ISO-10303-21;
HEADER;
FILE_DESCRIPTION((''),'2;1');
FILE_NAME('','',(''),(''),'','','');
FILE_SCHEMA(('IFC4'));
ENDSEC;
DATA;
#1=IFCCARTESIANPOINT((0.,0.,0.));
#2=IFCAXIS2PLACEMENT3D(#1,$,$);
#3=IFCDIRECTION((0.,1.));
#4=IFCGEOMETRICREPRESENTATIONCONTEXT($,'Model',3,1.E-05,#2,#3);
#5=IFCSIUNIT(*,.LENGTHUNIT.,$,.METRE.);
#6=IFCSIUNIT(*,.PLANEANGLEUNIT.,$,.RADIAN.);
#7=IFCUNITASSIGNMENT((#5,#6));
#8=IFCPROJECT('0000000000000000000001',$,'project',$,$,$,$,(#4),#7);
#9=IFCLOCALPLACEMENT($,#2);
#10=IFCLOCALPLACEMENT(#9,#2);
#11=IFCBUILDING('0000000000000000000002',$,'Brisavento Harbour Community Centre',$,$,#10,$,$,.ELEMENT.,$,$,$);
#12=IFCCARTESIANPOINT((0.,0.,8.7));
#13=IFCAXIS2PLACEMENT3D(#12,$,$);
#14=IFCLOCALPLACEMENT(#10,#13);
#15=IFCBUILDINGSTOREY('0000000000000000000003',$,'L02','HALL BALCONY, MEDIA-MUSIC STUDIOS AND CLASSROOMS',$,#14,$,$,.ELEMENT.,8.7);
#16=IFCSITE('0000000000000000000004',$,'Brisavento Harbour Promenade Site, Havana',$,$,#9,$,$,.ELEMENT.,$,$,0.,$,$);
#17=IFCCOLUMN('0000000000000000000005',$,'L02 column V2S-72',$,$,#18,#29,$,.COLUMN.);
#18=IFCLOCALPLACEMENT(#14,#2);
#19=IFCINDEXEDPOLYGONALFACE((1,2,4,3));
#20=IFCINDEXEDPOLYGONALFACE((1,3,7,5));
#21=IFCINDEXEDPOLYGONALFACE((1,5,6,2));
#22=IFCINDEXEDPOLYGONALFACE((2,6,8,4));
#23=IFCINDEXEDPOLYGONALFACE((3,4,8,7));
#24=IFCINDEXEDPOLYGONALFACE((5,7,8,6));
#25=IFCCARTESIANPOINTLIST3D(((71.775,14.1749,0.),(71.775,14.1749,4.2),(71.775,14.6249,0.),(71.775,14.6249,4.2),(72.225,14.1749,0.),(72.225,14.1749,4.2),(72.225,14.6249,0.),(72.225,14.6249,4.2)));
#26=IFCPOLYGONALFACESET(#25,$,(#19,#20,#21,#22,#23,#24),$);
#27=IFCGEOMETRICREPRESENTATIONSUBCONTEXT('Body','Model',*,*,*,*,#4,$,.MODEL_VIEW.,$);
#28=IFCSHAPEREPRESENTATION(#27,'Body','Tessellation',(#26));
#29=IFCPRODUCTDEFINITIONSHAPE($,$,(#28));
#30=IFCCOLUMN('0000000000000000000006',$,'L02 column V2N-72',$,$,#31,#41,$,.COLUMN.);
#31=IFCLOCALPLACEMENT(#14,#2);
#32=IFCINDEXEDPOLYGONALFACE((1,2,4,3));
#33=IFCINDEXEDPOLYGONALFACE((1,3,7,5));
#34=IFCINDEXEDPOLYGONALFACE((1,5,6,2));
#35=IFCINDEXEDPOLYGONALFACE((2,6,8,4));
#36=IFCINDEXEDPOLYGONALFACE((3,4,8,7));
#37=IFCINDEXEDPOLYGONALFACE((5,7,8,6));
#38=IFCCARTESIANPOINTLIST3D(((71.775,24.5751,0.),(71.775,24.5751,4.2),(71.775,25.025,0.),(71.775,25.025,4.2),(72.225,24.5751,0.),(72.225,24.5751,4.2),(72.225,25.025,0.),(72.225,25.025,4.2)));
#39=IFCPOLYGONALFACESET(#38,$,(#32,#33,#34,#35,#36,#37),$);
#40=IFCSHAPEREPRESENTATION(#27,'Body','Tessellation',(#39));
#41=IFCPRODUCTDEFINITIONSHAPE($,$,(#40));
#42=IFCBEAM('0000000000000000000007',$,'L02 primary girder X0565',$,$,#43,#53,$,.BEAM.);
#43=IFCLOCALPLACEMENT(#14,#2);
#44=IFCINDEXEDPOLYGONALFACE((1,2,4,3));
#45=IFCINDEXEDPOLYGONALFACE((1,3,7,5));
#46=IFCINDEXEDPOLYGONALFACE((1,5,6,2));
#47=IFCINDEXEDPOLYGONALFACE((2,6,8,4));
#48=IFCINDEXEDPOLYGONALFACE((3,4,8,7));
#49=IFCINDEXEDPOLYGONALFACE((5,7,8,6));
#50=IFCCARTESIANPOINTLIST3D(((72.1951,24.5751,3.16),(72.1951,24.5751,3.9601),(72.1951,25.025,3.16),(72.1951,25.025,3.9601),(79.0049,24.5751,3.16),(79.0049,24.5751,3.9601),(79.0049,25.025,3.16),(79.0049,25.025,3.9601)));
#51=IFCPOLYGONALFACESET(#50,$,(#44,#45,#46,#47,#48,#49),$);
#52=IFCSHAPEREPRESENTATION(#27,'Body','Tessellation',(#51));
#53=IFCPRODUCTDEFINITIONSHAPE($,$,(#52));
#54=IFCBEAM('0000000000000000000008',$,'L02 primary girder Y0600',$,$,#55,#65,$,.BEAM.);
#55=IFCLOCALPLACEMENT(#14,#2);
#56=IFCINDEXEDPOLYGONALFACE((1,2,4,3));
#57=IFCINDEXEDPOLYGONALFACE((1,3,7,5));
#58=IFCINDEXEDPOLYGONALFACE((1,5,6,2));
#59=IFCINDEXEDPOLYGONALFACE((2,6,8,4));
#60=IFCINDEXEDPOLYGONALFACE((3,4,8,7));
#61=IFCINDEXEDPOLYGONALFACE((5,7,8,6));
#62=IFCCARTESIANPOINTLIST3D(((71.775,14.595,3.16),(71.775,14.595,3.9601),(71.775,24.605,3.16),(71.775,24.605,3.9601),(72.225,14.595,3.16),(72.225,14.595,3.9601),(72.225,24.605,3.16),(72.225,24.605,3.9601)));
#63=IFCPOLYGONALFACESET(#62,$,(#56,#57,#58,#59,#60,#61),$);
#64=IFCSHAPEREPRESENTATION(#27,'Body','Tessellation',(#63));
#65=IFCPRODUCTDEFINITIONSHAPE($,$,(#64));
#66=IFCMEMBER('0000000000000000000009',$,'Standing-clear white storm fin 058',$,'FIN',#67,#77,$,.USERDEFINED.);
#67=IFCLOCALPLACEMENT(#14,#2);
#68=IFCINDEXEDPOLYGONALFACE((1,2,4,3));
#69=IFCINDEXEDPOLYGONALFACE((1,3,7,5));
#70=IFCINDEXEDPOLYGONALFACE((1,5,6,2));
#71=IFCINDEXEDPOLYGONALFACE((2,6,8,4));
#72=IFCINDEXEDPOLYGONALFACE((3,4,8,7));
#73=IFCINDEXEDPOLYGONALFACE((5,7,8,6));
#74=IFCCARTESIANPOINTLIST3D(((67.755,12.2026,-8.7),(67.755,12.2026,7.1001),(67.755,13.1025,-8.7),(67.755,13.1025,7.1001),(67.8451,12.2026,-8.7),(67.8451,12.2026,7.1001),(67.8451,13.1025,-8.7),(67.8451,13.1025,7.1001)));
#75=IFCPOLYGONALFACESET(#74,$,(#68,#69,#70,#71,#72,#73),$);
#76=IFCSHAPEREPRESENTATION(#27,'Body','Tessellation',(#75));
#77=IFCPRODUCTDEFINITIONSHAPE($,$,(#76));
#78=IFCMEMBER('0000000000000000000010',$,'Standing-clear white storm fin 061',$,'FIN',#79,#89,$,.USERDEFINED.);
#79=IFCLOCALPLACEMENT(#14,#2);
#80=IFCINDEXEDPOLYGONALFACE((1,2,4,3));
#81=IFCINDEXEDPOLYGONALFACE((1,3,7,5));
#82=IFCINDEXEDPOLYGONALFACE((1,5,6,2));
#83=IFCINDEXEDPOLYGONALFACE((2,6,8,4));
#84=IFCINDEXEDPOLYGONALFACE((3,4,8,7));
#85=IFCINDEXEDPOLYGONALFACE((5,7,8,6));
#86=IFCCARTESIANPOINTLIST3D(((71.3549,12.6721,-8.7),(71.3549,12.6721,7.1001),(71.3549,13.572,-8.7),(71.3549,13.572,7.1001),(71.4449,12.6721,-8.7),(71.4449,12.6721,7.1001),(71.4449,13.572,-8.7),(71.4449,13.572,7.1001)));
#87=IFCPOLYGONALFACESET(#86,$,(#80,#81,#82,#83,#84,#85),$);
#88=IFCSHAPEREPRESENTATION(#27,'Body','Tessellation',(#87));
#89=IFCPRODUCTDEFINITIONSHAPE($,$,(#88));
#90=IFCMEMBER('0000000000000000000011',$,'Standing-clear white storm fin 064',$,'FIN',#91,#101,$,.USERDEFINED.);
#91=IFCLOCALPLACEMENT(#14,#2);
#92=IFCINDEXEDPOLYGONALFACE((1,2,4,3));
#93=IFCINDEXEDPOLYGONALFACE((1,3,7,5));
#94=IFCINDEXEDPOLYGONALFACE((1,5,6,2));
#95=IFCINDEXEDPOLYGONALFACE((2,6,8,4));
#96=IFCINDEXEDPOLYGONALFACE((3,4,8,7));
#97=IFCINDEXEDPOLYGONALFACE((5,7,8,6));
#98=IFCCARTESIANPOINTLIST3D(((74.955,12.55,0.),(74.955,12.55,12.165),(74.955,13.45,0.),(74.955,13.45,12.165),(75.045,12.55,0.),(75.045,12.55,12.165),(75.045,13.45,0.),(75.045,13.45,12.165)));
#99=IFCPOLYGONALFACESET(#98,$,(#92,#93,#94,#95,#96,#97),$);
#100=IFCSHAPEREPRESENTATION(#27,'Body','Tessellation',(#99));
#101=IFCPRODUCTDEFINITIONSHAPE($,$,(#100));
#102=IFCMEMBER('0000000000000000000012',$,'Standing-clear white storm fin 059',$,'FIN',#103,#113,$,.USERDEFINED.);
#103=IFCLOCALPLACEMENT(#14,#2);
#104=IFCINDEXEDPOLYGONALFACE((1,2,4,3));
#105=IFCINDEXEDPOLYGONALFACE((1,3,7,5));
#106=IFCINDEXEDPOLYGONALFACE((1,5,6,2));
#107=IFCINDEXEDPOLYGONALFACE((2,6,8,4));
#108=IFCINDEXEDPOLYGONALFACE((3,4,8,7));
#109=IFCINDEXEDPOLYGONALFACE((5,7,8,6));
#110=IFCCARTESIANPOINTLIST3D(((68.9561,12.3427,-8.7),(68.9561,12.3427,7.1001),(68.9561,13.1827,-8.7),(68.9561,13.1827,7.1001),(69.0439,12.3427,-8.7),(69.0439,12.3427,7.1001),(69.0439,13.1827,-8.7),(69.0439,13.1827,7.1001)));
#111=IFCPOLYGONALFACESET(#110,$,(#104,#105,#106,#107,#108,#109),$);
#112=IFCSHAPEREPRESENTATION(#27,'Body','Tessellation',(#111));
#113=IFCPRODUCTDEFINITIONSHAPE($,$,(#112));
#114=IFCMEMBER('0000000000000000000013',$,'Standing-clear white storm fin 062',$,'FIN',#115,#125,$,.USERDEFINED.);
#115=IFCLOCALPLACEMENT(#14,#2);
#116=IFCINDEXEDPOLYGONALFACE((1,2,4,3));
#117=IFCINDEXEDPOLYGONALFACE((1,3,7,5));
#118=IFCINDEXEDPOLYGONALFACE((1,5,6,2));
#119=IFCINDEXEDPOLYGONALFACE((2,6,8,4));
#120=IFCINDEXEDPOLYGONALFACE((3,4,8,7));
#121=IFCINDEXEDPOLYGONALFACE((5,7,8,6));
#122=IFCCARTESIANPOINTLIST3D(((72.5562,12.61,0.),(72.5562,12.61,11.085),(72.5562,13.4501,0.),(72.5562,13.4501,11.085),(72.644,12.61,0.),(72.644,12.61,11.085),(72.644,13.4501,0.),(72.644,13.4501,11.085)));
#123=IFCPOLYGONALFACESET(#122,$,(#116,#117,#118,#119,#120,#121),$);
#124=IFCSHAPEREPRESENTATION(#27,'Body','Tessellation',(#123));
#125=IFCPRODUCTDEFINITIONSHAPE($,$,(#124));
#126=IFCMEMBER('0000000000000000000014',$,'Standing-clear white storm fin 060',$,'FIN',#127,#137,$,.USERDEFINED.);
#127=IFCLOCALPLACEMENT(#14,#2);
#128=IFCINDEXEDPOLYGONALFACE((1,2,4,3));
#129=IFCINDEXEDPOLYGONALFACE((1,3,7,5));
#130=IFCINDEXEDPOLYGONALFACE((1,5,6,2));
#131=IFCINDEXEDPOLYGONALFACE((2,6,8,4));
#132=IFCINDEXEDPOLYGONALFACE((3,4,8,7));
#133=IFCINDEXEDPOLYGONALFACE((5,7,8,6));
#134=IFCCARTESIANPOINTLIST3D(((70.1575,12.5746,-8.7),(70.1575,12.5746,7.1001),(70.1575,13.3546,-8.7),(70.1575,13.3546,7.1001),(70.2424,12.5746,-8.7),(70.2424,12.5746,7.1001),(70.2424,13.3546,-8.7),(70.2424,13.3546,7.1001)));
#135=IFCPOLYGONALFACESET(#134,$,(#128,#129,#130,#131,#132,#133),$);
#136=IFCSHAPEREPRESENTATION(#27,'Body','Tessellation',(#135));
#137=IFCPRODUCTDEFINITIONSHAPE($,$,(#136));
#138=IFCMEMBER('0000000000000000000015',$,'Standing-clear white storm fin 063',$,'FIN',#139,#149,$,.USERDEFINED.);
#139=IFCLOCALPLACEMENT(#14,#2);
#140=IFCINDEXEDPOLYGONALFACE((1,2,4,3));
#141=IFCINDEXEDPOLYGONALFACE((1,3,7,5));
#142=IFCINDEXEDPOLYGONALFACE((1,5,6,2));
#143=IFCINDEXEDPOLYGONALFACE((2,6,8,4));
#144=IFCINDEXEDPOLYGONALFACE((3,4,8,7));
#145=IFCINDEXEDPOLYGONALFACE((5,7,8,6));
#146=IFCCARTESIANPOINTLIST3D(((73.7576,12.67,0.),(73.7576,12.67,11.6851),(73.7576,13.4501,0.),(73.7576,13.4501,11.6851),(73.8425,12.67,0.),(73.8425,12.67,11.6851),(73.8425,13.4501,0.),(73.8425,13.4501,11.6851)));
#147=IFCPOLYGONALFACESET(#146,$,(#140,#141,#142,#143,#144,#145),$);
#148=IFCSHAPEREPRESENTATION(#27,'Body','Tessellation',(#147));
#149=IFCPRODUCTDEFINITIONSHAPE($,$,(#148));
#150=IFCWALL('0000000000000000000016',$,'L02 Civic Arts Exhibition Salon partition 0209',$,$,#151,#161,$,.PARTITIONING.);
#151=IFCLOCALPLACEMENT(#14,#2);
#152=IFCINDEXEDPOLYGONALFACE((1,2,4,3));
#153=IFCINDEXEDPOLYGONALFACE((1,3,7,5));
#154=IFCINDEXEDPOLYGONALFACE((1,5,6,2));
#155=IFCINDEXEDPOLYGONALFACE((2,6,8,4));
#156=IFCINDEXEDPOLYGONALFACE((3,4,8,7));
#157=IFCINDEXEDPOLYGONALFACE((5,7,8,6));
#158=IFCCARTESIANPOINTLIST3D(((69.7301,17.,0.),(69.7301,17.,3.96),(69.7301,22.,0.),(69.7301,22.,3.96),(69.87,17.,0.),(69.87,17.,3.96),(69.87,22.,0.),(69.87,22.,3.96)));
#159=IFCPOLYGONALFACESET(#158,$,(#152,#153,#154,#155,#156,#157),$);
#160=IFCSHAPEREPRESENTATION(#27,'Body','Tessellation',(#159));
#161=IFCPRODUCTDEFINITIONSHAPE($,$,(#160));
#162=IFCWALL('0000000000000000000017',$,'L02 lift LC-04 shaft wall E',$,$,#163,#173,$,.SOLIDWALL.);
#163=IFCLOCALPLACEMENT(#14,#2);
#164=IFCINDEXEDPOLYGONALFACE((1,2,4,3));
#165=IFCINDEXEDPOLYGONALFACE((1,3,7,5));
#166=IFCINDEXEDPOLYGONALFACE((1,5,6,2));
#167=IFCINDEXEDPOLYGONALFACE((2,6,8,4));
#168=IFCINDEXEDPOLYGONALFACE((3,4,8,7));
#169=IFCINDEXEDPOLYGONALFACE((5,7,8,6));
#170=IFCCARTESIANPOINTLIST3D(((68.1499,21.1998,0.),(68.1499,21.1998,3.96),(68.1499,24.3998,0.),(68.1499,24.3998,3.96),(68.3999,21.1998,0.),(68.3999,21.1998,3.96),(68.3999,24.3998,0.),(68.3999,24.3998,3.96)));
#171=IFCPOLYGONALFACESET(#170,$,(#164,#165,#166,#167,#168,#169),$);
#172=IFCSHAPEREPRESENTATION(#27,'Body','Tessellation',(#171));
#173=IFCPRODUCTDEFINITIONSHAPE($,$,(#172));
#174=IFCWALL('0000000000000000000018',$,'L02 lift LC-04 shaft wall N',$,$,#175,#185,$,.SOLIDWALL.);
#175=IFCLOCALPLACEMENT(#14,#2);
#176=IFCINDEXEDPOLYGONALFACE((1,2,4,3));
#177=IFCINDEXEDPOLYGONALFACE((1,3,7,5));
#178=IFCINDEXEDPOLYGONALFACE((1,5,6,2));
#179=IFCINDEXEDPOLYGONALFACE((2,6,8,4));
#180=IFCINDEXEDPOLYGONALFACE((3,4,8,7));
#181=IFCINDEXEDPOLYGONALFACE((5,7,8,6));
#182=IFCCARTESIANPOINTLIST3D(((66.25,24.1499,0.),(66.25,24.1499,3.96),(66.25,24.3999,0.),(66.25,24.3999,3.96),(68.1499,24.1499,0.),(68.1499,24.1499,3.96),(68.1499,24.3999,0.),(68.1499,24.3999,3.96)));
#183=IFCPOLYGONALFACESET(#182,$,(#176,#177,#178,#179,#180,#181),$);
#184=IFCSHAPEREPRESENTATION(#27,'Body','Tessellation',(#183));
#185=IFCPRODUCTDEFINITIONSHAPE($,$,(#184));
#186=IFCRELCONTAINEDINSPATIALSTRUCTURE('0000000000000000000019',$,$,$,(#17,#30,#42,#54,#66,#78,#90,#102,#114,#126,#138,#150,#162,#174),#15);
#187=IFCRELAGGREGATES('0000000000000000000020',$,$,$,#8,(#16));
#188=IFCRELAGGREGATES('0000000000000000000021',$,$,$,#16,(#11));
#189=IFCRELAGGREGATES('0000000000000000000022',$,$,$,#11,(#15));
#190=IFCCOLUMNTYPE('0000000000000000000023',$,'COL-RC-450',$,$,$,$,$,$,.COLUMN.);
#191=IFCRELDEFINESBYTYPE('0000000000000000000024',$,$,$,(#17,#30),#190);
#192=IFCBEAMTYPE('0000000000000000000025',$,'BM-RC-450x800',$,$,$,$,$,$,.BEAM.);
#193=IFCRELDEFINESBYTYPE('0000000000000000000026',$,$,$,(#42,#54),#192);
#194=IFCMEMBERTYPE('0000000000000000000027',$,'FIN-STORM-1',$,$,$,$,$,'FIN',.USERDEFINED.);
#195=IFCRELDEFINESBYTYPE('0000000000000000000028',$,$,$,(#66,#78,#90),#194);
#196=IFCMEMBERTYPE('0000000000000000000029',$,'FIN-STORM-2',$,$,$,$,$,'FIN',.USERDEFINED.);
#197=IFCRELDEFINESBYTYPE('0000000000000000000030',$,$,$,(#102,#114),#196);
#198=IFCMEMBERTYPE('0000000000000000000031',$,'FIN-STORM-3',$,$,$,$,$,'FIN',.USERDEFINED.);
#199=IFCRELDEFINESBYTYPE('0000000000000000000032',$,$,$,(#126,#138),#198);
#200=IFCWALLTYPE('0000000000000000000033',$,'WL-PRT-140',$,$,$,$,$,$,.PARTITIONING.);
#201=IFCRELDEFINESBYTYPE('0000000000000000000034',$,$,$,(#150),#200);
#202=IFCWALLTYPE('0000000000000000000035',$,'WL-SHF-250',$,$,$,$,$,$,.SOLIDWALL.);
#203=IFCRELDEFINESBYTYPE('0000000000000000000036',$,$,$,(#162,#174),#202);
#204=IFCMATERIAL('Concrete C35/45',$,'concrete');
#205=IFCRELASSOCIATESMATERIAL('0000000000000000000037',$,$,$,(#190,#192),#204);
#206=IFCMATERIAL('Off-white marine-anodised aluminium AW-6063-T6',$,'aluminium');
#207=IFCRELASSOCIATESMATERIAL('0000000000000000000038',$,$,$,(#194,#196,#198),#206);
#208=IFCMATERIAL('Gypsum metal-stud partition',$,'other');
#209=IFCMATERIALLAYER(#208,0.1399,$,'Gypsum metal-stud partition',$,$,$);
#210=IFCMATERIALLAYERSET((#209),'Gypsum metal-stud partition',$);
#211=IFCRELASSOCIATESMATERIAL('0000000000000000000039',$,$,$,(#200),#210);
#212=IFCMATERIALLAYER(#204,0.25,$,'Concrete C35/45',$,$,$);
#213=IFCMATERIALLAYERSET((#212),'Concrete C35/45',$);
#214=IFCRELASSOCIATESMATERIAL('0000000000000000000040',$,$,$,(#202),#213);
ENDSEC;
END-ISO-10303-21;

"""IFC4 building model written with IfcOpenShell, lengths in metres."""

from ifc_helpers import new_model, si_unit, direction, frame, frame_2d, origin, origin_2d, place, context, subcontext, project, spatial, rectangle, extrude, material, layer, layer_set, material_profile, profile_set, type_object, element, save


model = new_model("IFC4")

# Units and contexts
model_context = context("Model", 3, precision=1e-05, world=origin(), true_north=direction((0.0, 1.0)))
body_context = subcontext(model_context, "Body", "Model", "MODEL_VIEW")
ifc_project = project(units=[si_unit("LENGTHUNIT", "METRE"), si_unit("PLANEANGLEUNIT", "RADIAN")], contexts=[model_context])

# Site, building, storey
site_placement = place(None, origin())
site = spatial("IfcSite", under=ifc_project, at=site_placement, Name="Brisavento Harbour Promenade Site, Havana", CompositionType="ELEMENT", RefElevation=0.0)
building_placement = place(site_placement, origin())
building = spatial("IfcBuilding", under=site, at=building_placement, Name="Brisavento Harbour Community Centre", CompositionType="ELEMENT")
storey_placement = place(building_placement, frame((0.0, 0.0, 8.7)))
storey = spatial("IfcBuildingStorey", under=building, at=storey_placement, Name="L02", Description="HALL BALCONY, MEDIA-MUSIC STUDIOS AND CLASSROOMS", CompositionType="ELEMENT", Elevation=8.7)

# Columns
ifc_material_1 = material(Name="Concrete C35/45", Category="concrete")
ifc_material_profile_1 = material_profile(ifc_material_1, rectangle(XDim=0.45, YDim=0.45, at=origin_2d()), Name="Concrete C35/45")
ifc_profile_set_1 = profile_set([ifc_material_profile_1], Name="Concrete C35/45")
column_type = type_object("IfcColumnType", Name="COL-RC-450", PredefinedType="COLUMN", material=ifc_profile_set_1)
for number, where, z_axis, x_axis, name in (
    (1, (72.0, 14.3999, 0.0), (0.0, 0.0, 1.0), (1.0, 0.0, 0.0), "L02 column V2S-72"),
    (2, (72.0, 24.8, 0.0), (0.0, 0.0, 1.0), (1.0, 0.0, 0.0), "L02 column V2N-72"),
):
    element("IfcColumn", number, at=place(storey_placement, frame(where, z_axis=z_axis, x_axis=x_axis)), inside=storey, type_object=column_type, Name=name, PredefinedType="COLUMN", context=body_context, shape_type="SweptSolid", body=[
        extrude(rectangle(XDim=0.45, YDim=0.45, at=origin_2d()), origin(), (0.0, 0.0, 1.0), 4.2),
    ])

# Beams
ifc_material_profile_2 = material_profile(ifc_material_1, rectangle(XDim=0.45, YDim=0.8, at=origin_2d()), Name="Concrete C35/45")
ifc_profile_set_2 = profile_set([ifc_material_profile_2], Name="Concrete C35/45")
beam_type = type_object("IfcBeamType", Name="BM-RC-450x800", PredefinedType="BEAM", material=ifc_profile_set_2)
beam_1_placement = place(storey_placement, frame((72.1951, 24.8, 3.5601), z_axis=(1.0, 0.0, 0.0), x_axis=(0.0, 1.0, 0.0)))
element("IfcBeam", 3, at=beam_1_placement, inside=storey, type_object=beam_type, Name="L02 primary girder X0565", PredefinedType="BEAM", context=body_context, shape_type="SweptSolid", body=[
    extrude(rectangle(XDim=0.45, YDim=0.8, at=origin_2d()), origin(), (0.0, 0.0, 1.0), 6.8098),
])
beam_2_placement = place(storey_placement, frame((72.0, 14.595, 3.5601), z_axis=(0.0, 1.0, 0.0), x_axis=(-1.0, 0.0, 0.0)))
element("IfcBeam", 4, at=beam_2_placement, inside=storey, type_object=beam_type, Name="L02 primary girder Y0600", PredefinedType="BEAM", context=body_context, shape_type="SweptSolid", body=[
    extrude(rectangle(XDim=0.45, YDim=0.8, at=origin_2d()), origin(), (0.0, 0.0, 1.0), 10.01),
])

# Members
ifc_material_2 = material(Name="Off-white marine-anodised aluminium AW-6063-T6", Category="aluminium")
ifc_material_profile_3 = material_profile(ifc_material_2, rectangle(XDim=0.0901, YDim=0.8999, at=origin_2d()), Name="Off-white marine-anodised aluminium AW-6063-T6")
ifc_profile_set_3 = profile_set([ifc_material_profile_3], Name="Off-white marine-anodised aluminium AW-6063-T6")
member_type_1 = type_object("IfcMemberType", Name="FIN-STORM-1", ElementType="FIN", PredefinedType="USERDEFINED", material=ifc_profile_set_3)
for number, where, z_axis, x_axis, name in (
    (5, (67.8, 12.6526, -8.7), (0.0, 0.0, 1.0), (-1.0, 0.0, 0.0), "Standing-clear white storm fin 058"),
    (6, (71.3999, 13.1221, -8.7), (0.0, 0.0, 1.0), (-1.0, 0.0, 0.0), "Standing-clear white storm fin 061"),
):
    element("IfcMember", number, at=place(storey_placement, frame(where, z_axis=z_axis, x_axis=x_axis)), inside=storey, type_object=member_type_1, Name=name, ObjectType="FIN", PredefinedType="USERDEFINED", context=body_context, shape_type="SweptSolid", body=[
        extrude(rectangle(XDim=0.0901, YDim=0.8999, at=origin_2d()), origin(), (0.0, 0.0, 1.0), 15.8),
    ])
member_1_placement = place(storey_placement, frame((75.0, 13.0, 0.0), z_axis=(0.0, 0.0, 1.0), x_axis=(-1.0, 0.0, 0.0)))
element("IfcMember", 7, at=member_1_placement, inside=storey, type_object=member_type_1, Name="Standing-clear white storm fin 064", ObjectType="FIN", PredefinedType="USERDEFINED", context=body_context, shape_type="SweptSolid", body=[
    extrude(rectangle(XDim=0.0901, YDim=0.8999, at=origin_2d()), origin(), (0.0, 0.0, 1.0), 12.165),
])
ifc_material_profile_4 = material_profile(ifc_material_2, rectangle(XDim=0.0879, YDim=0.8401, at=origin_2d()), Name="Off-white marine-anodised aluminium AW-6063-T6")
ifc_profile_set_4 = profile_set([ifc_material_profile_4], Name="Off-white marine-anodised aluminium AW-6063-T6")
member_type_2 = type_object("IfcMemberType", Name="FIN-STORM-2", ElementType="FIN", PredefinedType="USERDEFINED", material=ifc_profile_set_4)
member_2_placement = place(storey_placement, frame((69.0, 12.7627, -8.7), z_axis=(0.0, 0.0, 1.0), x_axis=(-1.0, 0.0, 0.0)))
element("IfcMember", 8, at=member_2_placement, inside=storey, type_object=member_type_2, Name="Standing-clear white storm fin 059", ObjectType="FIN", PredefinedType="USERDEFINED", context=body_context, shape_type="SweptSolid", body=[
    extrude(rectangle(XDim=0.0879, YDim=0.8401, at=origin_2d()), origin(), (0.0, 0.0, 1.0), 15.8),
])
member_3_placement = place(storey_placement, frame((72.6001, 13.03, 0.0), z_axis=(0.0, 0.0, 1.0), x_axis=(-1.0, 0.0, 0.0)))
element("IfcMember", 9, at=member_3_placement, inside=storey, type_object=member_type_2, Name="Standing-clear white storm fin 062", ObjectType="FIN", PredefinedType="USERDEFINED", context=body_context, shape_type="SweptSolid", body=[
    extrude(rectangle(XDim=0.0879, YDim=0.8401, at=origin_2d()), origin(), (0.0, 0.0, 1.0), 11.085),
])
ifc_material_profile_5 = material_profile(ifc_material_2, rectangle(XDim=0.085, YDim=0.78, at=origin_2d()), Name="Off-white marine-anodised aluminium AW-6063-T6")
ifc_profile_set_5 = profile_set([ifc_material_profile_5], Name="Off-white marine-anodised aluminium AW-6063-T6")
member_type_3 = type_object("IfcMemberType", Name="FIN-STORM-3", ElementType="FIN", PredefinedType="USERDEFINED", material=ifc_profile_set_5)
member_4_placement = place(storey_placement, frame((70.2, 12.9646, -8.7), z_axis=(0.0, 0.0, 1.0), x_axis=(-1.0, 0.0, 0.0)))
element("IfcMember", 10, at=member_4_placement, inside=storey, type_object=member_type_3, Name="Standing-clear white storm fin 060", ObjectType="FIN", PredefinedType="USERDEFINED", context=body_context, shape_type="SweptSolid", body=[
    extrude(rectangle(XDim=0.085, YDim=0.78, at=origin_2d()), origin(), (0.0, 0.0, 1.0), 15.8),
])
member_5_placement = place(storey_placement, frame((73.8, 13.0601, 0.0), z_axis=(0.0, 0.0, 1.0), x_axis=(-1.0, 0.0, 0.0)))
element("IfcMember", 11, at=member_5_placement, inside=storey, type_object=member_type_3, Name="Standing-clear white storm fin 063", ObjectType="FIN", PredefinedType="USERDEFINED", context=body_context, shape_type="SweptSolid", body=[
    extrude(rectangle(XDim=0.085, YDim=0.78, at=origin_2d()), origin(), (0.0, 0.0, 1.0), 11.6851),
])

# Walls
ifc_material_3 = material(Name="Gypsum metal-stud partition", Category="other")
ifc_layer_1 = layer(ifc_material_3, 0.1399, Name="Gypsum metal-stud partition")
ifc_layer_set_1 = layer_set([ifc_layer_1], Name="Gypsum metal-stud partition")
wall_type_1 = type_object("IfcWallType", Name="WL-PRT-140", PredefinedType="PARTITIONING", material=ifc_layer_set_1)
wall_1_placement = place(storey_placement, frame((69.8, 17.0, 0.0), z_axis=(0.0, 0.0, 1.0), x_axis=(0.0, 1.0, 0.0)))
element("IfcWall", 12, at=wall_1_placement, inside=storey, type_object=wall_type_1, Name="L02 Civic Arts Exhibition Salon partition 0209", PredefinedType="PARTITIONING", context=body_context, shape_type="SweptSolid", body=[
    extrude(rectangle(XDim=5.0, YDim=0.1399, at=frame_2d((2.5, 0.0))), origin(), (0.0, 0.0, 1.0), 3.96),
])
ifc_layer_2 = layer(ifc_material_1, 0.25, Name="Concrete C35/45")
ifc_layer_set_2 = layer_set([ifc_layer_2], Name="Concrete C35/45")
wall_type_2 = type_object("IfcWallType", Name="WL-SHF-250", PredefinedType="SOLIDWALL", material=ifc_layer_set_2)
wall_2_placement = place(storey_placement, frame((68.2749, 24.3999, 0.0), z_axis=(0.0, 0.0, 1.0), x_axis=(0.0, -1.0, 0.0)))
element("IfcWall", 13, at=wall_2_placement, inside=storey, type_object=wall_type_2, Name="L02 lift LC-04 shaft wall E", PredefinedType="SOLIDWALL", context=body_context, shape_type="SweptSolid", body=[
    extrude(rectangle(XDim=3.2, YDim=0.25, at=frame_2d((1.6001, 0.0))), origin(), (0.0, 0.0, 1.0), 3.96),
])
wall_3_placement = place(storey_placement, frame((68.1499, 24.2749, 0.0), z_axis=(0.0, 0.0, 1.0), x_axis=(-1.0, 0.0, 0.0)))
element("IfcWall", 14, at=wall_3_placement, inside=storey, type_object=wall_type_2, Name="L02 lift LC-04 shaft wall N", PredefinedType="SOLIDWALL", context=body_context, shape_type="SweptSolid", body=[
    extrude(rectangle(XDim=1.8999, YDim=0.25, at=frame_2d((0.95, 0.0))), origin(), (0.0, 0.0, 1.0), 3.96),
])

save(model, "model.ifc")
